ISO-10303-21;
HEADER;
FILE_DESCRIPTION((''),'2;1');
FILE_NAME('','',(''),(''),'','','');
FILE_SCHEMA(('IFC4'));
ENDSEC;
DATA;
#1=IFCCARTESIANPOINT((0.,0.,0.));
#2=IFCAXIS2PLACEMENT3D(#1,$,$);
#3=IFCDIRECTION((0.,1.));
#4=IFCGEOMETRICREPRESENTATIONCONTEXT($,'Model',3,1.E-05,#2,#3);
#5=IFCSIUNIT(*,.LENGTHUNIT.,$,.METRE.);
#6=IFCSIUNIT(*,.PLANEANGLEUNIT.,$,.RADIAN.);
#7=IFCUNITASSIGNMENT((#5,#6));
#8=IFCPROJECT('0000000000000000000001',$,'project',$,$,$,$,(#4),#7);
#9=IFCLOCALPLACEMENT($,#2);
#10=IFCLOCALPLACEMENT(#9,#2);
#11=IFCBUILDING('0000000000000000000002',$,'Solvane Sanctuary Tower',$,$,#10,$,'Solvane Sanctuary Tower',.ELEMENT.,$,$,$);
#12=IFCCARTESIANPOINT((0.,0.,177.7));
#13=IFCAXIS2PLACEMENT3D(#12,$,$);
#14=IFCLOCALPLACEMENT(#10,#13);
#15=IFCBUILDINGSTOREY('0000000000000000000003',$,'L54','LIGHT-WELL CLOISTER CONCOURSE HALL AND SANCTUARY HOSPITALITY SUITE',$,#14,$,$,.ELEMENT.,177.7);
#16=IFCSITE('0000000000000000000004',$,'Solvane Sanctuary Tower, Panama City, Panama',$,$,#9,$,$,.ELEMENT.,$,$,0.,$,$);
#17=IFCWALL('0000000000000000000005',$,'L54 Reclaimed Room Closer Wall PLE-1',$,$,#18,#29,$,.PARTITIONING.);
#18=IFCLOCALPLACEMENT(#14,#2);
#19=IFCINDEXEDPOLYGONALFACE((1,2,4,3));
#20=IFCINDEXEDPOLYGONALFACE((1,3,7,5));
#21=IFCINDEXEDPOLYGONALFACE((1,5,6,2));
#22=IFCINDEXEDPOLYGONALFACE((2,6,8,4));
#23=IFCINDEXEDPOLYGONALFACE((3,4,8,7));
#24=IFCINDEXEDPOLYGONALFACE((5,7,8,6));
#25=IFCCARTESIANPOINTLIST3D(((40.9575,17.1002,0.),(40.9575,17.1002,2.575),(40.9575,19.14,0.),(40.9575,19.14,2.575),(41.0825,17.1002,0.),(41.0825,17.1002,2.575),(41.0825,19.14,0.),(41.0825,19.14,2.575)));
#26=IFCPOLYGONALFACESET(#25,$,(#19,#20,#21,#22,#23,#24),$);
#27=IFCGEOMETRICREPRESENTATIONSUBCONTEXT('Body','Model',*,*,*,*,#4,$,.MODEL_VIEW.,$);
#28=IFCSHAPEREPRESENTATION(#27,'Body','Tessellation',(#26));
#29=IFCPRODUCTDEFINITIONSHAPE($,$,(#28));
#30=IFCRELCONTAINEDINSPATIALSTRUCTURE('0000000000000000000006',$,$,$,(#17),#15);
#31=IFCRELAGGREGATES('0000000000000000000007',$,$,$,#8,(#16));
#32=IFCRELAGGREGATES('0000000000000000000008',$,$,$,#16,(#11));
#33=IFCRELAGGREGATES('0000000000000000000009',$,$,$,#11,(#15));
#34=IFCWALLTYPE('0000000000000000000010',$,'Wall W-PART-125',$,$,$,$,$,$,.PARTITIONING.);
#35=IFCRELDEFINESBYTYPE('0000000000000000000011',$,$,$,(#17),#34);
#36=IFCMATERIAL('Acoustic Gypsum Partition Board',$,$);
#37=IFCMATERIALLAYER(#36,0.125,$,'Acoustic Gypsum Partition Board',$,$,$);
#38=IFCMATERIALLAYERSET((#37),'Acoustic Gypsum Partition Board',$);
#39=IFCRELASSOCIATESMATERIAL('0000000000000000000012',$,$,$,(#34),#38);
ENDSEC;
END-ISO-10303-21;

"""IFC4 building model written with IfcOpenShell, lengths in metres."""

from ifc_helpers import new_model, si_unit, direction, frame, frame_2d, origin, place, context, subcontext, project, spatial, rectangle, extrude, material, layer, layer_set, type_object, element, save


model = new_model("IFC4")

# Units and contexts
model_context = context("Model", 3, precision=1e-05, world=origin(), true_north=direction((0.0, 1.0)))
body_context = subcontext(model_context, "Body", "Model", "MODEL_VIEW")
ifc_project = project(units=[si_unit("LENGTHUNIT", "METRE"), si_unit("PLANEANGLEUNIT", "RADIAN")], contexts=[model_context])

# Site, building, storey
site_placement = place(None, origin())
site = spatial("IfcSite", under=ifc_project, at=site_placement, Name="Solvane Sanctuary Tower, Panama City, Panama", CompositionType="ELEMENT", RefElevation=0.0)
building_placement = place(site_placement, origin())
building = spatial("IfcBuilding", under=site, at=building_placement, Name="Solvane Sanctuary Tower", LongName="Solvane Sanctuary Tower", CompositionType="ELEMENT")
storey_placement = place(building_placement, frame((0.0, 0.0, 177.7)))
storey = spatial("IfcBuildingStorey", under=building, at=storey_placement, Name="L54", Description="LIGHT-WELL CLOISTER CONCOURSE HALL AND SANCTUARY HOSPITALITY SUITE", CompositionType="ELEMENT", Elevation=177.7)

# Shared definitions
ifc_material_1 = material(Name="Acoustic Gypsum Partition Board")

# Wall
ifc_layer_1 = layer(ifc_material_1, 0.125, Name="Acoustic Gypsum Partition Board")
ifc_layer_set_1 = layer_set([ifc_layer_1], Name="Acoustic Gypsum Partition Board")
wall_type_1 = type_object("IfcWallType", Name="Wall W-PART-125", PredefinedType="PARTITIONING", material=ifc_layer_set_1)
wall_1_placement = place(storey_placement, frame((41.02, 17.1001, 0.0), z_axis=(0.0, 0.0, 1.0), x_axis=(0.0, 1.0, 0.0)))
element("IfcWall", 1, at=wall_1_placement, inside=storey, type_object=wall_type_1, Name="L54 Reclaimed Room Closer Wall PLE-1", PredefinedType="PARTITIONING", context=body_context, shape_type="SweptSolid", body=[
    extrude(rectangle(XDim=2.0398, YDim=0.125, at=frame_2d((1.02, 0.0))), origin(), (0.0, 0.0, 1.0), 2.575),
])

save(model, "model.ifc")
